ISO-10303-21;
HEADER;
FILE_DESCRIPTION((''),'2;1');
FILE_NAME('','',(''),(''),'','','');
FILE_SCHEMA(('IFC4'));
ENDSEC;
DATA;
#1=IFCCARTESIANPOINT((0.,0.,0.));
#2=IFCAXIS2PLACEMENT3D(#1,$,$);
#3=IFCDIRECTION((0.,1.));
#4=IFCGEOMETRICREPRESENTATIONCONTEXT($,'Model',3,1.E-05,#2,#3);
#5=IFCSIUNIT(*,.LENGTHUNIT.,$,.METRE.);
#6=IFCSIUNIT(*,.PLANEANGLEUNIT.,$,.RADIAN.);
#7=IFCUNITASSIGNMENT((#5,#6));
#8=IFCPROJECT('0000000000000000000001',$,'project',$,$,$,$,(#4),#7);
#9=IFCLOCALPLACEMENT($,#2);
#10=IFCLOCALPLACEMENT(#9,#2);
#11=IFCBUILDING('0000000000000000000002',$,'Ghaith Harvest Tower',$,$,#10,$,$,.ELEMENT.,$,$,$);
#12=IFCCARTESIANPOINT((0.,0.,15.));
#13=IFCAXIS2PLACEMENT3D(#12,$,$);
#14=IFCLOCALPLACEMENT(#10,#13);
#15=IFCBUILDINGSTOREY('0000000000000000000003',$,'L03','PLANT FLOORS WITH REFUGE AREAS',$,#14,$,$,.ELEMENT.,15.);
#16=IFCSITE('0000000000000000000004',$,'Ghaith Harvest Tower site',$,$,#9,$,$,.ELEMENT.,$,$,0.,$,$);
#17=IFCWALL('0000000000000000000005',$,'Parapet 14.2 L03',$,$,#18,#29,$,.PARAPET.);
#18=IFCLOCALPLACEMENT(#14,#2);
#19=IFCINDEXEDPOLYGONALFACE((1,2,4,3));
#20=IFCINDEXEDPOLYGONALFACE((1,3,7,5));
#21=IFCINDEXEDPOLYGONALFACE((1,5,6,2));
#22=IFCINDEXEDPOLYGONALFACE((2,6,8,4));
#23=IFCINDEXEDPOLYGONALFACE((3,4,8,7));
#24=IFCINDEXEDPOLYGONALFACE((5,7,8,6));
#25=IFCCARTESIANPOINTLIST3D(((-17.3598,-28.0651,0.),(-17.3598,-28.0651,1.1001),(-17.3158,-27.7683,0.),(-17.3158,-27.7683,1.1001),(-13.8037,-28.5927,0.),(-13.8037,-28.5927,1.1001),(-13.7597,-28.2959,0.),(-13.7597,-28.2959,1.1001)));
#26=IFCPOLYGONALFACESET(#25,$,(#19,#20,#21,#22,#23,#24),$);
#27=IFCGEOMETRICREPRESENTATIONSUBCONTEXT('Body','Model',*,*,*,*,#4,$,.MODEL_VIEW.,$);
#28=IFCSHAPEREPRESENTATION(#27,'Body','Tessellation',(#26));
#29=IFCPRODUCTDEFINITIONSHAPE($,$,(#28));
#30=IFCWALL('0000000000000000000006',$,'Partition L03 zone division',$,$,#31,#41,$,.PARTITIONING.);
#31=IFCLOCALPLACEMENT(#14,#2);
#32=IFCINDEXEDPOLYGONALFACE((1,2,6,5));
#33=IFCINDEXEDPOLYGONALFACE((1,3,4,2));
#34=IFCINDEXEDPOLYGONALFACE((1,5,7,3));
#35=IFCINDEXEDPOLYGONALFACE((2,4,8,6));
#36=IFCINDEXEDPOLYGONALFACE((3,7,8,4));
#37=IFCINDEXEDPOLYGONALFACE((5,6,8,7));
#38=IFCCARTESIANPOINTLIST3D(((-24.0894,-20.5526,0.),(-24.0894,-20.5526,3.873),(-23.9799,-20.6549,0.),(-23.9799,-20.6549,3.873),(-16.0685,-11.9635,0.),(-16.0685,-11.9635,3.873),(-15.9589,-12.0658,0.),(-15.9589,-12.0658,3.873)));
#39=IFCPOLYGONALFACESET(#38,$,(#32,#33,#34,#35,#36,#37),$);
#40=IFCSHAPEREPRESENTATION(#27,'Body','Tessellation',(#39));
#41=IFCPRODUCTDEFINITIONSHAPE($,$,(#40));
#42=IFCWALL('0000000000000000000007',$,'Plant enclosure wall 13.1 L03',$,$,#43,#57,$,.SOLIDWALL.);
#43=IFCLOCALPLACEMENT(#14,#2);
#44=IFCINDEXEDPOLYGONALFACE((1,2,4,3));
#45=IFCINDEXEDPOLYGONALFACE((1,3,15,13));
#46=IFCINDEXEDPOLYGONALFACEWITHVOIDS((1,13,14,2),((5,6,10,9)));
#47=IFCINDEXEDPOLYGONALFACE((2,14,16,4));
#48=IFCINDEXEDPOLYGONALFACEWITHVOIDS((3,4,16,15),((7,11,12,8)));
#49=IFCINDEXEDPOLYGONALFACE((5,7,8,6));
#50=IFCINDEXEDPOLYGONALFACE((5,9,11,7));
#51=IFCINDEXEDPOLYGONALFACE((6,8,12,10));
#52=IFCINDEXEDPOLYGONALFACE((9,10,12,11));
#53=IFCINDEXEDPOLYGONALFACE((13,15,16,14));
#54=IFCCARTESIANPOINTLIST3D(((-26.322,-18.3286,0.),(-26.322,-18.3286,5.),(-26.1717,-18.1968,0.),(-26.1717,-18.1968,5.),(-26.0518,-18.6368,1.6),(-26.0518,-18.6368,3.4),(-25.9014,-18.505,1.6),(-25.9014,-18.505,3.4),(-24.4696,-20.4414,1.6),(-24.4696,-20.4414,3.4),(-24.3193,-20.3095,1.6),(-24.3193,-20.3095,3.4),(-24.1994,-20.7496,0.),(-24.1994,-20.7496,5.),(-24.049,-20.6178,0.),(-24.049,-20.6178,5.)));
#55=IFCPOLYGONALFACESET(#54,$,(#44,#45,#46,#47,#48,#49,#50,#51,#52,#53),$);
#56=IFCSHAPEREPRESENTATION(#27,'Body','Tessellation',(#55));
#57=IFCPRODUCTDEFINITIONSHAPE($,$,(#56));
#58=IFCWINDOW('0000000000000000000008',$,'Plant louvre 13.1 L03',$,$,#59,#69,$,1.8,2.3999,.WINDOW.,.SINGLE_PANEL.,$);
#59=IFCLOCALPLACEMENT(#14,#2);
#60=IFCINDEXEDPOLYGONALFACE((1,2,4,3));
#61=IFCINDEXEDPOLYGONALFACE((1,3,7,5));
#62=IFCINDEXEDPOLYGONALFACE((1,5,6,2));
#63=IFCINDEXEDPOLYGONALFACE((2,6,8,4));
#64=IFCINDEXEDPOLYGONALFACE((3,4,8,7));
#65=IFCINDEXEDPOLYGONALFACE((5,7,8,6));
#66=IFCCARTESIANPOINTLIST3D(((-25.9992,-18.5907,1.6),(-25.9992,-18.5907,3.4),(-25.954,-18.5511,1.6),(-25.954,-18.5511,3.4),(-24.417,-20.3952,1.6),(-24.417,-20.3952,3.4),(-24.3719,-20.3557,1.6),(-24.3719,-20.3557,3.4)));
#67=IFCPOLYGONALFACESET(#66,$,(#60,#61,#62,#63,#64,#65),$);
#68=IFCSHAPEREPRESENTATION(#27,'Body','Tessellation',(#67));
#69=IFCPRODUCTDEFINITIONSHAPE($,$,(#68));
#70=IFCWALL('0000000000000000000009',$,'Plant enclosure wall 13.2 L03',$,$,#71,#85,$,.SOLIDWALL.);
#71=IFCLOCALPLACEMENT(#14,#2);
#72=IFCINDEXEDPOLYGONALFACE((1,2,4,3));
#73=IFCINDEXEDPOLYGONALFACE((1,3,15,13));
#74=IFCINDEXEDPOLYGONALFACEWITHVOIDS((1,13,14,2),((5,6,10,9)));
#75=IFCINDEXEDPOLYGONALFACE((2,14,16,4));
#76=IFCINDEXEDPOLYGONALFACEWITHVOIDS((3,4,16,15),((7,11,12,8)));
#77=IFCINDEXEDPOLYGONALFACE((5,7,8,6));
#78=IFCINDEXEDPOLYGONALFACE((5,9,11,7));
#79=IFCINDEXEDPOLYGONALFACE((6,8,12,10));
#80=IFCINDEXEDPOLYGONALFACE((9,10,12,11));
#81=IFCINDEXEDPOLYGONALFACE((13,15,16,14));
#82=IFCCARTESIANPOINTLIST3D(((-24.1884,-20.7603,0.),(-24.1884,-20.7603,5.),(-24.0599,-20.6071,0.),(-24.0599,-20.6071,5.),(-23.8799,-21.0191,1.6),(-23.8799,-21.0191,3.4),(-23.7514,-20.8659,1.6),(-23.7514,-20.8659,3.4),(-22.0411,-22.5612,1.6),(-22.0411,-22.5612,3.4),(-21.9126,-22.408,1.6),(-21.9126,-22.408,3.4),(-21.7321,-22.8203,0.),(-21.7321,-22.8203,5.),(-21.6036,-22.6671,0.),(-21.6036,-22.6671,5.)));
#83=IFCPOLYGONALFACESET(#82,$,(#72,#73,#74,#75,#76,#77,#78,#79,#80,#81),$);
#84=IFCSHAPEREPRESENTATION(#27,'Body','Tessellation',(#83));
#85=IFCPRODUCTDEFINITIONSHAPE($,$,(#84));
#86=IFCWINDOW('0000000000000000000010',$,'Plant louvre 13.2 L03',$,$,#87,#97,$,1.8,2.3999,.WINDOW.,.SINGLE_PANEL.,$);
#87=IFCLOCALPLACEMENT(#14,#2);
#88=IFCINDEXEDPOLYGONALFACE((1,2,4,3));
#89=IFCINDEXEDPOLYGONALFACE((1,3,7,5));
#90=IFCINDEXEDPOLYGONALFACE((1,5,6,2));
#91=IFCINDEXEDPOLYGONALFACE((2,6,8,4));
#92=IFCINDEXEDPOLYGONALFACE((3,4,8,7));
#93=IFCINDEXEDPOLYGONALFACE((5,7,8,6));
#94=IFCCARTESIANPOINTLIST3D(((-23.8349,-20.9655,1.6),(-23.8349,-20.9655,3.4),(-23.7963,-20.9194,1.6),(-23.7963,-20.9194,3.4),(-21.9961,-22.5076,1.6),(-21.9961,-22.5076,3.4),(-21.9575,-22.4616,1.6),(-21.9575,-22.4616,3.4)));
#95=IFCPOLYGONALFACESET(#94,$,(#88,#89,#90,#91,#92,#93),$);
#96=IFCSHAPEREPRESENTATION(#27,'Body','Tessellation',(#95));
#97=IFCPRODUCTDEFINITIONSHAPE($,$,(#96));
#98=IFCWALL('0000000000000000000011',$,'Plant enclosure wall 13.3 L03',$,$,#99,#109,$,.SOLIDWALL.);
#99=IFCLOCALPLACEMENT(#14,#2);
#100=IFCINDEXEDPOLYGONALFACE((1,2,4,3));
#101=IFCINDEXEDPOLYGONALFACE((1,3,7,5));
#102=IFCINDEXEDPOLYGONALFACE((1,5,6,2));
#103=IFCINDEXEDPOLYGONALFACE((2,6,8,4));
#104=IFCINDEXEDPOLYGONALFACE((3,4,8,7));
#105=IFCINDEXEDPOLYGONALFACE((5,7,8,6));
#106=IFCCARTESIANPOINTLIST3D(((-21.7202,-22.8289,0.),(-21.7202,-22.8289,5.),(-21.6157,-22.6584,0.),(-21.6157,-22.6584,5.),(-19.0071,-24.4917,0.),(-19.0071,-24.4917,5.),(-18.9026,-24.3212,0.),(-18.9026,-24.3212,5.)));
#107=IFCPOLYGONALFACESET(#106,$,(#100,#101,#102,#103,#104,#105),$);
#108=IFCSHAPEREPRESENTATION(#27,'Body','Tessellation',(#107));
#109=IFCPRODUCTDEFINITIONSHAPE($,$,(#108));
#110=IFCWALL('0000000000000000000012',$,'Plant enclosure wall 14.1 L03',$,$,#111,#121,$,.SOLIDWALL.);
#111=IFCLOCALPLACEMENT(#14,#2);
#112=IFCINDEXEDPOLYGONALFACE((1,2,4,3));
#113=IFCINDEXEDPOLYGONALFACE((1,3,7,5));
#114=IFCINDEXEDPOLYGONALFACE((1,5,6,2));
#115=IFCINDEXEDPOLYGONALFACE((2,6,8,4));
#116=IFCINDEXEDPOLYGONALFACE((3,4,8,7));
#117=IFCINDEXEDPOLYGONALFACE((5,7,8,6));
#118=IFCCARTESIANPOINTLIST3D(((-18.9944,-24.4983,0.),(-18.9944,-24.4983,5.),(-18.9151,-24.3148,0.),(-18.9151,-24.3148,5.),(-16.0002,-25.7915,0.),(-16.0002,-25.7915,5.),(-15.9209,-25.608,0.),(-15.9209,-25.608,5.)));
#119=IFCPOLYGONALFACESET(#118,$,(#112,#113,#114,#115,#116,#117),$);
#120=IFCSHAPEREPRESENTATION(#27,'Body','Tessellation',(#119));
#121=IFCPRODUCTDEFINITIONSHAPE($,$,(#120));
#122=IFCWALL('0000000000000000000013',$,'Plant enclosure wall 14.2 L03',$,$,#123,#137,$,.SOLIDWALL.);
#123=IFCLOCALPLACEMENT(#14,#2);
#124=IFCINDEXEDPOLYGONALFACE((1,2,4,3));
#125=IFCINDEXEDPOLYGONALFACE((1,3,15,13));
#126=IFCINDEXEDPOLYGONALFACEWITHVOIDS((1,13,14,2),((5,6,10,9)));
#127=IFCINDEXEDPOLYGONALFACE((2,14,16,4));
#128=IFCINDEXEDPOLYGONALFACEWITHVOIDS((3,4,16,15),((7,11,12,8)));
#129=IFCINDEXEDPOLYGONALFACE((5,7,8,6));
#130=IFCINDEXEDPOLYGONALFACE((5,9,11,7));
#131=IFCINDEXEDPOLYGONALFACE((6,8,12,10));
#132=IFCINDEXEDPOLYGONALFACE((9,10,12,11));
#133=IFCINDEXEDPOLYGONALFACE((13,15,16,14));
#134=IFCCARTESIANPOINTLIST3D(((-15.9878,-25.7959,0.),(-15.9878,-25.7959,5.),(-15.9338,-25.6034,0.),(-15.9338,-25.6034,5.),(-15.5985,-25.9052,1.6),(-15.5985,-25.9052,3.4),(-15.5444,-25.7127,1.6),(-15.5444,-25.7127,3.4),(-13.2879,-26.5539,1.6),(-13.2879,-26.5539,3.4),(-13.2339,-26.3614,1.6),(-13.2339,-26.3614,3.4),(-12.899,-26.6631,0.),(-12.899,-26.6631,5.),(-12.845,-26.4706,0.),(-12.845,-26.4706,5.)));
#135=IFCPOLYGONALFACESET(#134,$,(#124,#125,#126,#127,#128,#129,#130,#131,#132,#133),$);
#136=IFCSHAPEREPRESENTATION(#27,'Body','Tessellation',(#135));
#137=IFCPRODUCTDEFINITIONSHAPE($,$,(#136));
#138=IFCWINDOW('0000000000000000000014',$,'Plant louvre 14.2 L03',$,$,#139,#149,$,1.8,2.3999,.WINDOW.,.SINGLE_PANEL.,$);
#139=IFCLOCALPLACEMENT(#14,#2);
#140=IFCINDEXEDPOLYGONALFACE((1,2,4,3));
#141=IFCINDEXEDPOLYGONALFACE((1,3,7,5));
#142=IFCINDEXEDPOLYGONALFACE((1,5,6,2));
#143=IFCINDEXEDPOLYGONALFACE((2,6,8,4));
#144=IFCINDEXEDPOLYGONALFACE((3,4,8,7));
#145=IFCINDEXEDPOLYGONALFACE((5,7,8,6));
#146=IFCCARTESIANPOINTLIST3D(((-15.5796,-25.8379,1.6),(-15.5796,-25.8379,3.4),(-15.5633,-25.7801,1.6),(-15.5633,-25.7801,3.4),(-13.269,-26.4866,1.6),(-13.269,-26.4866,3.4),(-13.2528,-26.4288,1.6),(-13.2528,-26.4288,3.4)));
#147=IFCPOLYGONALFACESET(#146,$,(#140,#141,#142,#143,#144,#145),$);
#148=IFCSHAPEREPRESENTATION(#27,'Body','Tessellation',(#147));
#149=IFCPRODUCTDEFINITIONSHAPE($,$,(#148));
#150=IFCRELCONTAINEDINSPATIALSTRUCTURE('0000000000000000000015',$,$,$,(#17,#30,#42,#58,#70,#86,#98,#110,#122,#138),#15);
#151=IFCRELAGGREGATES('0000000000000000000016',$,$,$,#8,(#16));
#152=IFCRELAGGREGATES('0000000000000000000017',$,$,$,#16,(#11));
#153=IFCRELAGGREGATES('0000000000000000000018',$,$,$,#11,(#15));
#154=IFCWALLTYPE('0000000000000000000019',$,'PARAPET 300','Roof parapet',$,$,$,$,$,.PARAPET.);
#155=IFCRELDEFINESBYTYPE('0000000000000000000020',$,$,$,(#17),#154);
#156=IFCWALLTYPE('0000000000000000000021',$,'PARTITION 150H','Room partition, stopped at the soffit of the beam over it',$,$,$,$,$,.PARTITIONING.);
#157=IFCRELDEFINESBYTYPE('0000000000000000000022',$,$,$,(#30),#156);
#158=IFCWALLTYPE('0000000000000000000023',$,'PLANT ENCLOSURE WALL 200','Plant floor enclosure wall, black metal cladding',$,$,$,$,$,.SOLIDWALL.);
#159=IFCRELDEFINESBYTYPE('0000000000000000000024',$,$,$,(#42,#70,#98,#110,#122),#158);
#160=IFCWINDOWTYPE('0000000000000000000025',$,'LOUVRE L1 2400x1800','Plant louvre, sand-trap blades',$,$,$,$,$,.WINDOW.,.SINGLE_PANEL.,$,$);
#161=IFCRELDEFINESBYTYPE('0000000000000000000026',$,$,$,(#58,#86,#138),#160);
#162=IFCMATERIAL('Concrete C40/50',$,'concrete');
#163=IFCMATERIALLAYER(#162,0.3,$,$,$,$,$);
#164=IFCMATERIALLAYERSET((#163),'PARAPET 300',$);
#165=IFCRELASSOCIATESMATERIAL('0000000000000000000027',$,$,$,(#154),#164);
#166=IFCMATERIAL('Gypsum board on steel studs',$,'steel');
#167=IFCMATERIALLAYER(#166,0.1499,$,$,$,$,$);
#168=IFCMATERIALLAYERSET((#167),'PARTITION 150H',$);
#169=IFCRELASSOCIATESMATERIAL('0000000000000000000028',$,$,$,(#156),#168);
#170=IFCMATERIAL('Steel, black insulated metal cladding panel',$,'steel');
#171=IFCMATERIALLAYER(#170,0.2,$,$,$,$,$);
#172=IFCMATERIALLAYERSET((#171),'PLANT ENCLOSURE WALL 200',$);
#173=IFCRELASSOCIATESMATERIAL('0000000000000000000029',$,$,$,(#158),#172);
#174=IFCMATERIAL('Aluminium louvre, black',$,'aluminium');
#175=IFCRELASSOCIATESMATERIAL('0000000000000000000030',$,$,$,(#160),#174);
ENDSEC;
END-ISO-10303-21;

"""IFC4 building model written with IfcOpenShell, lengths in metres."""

from ifc_helpers import new_model, si_unit, direction, frame, frame_2d, origin, place, context, subcontext, project, spatial, rectangle, extrude, material, layer, layer_set, type_object, element, fill, save


model = new_model("IFC4")

# Units and contexts
model_context = context("Model", 3, precision=1e-05, world=origin(), true_north=direction((0.0, 1.0)))
body_context = subcontext(model_context, "Body", "Model", "MODEL_VIEW")
ifc_project = project(units=[si_unit("LENGTHUNIT", "METRE"), si_unit("PLANEANGLEUNIT", "RADIAN")], contexts=[model_context])

# Site, building, storey
site_placement = place(None, origin())
site = spatial("IfcSite", under=ifc_project, at=site_placement, Name="Ghaith Harvest Tower site", CompositionType="ELEMENT", RefElevation=0.0)
building_placement = place(site_placement, origin())
building = spatial("IfcBuilding", under=site, at=building_placement, Name="Ghaith Harvest Tower", CompositionType="ELEMENT")
storey_placement = place(building_placement, frame((0.0, 0.0, 15.0)))
storey = spatial("IfcBuildingStorey", under=building, at=storey_placement, Name="L03", Description="PLANT FLOORS WITH REFUGE AREAS", CompositionType="ELEMENT", Elevation=15.0)

# Walls
ifc_material_1 = material(Name="Concrete C40/50", Category="concrete")
ifc_layer_1 = layer(ifc_material_1, 0.3)
ifc_layer_set_1 = layer_set([ifc_layer_1], Name="PARAPET 300")
wall_type_1 = type_object("IfcWallType", Name="PARAPET 300", Description="Roof parapet", PredefinedType="PARAPET", material=ifc_layer_set_1)
wall_1_placement = place(storey_placement, frame((-17.3376, -27.9167, 0.0), z_axis=(0.0, 0.0, 1.0), x_axis=(0.989173, -0.146753, 0.0)))
element("IfcWall", 1, at=wall_1_placement, inside=storey, type_object=wall_type_1, Name="Parapet 14.2 L03", PredefinedType="PARAPET", context=body_context, shape_type="SweptSolid", body=[
    extrude(rectangle(XDim=3.595, YDim=0.3, at=frame_2d((1.7974, 0.0))), origin(), (0.0, 0.0, 1.0), 1.1001),
])
ifc_material_2 = material(Name="Gypsum board on steel studs", Category="steel")
ifc_layer_2 = layer(ifc_material_2, 0.1499)
ifc_layer_set_2 = layer_set([ifc_layer_2], Name="PARTITION 150H")
wall_type_2 = type_object("IfcWallType", Name="PARTITION 150H", Description="Room partition, stopped at the soffit of the beam over it", PredefinedType="PARTITIONING", material=ifc_layer_set_2)
wall_2_placement = place(storey_placement, frame((-16.0137, -12.0146, 0.0), z_axis=(0.0, 0.0, 1.0), x_axis=(-0.682523, -0.730865, 0.0)))
element("IfcWall", 2, at=wall_2_placement, inside=storey, type_object=wall_type_2, Name="Partition L03 zone division", PredefinedType="PARTITIONING", context=body_context, shape_type="SweptSolid", body=[
    extrude(rectangle(XDim=11.752, YDim=0.1499, at=frame_2d((5.876, 0.0))), origin(), (0.0, 0.0, 1.0), 3.873),
])

# Walls, openings, windows
ifc_material_3 = material(Name="Steel, black insulated metal cladding panel", Category="steel")
ifc_layer_3 = layer(ifc_material_3, 0.2)
ifc_layer_set_3 = layer_set([ifc_layer_3], Name="PLANT ENCLOSURE WALL 200")
wall_type_3 = type_object("IfcWallType", Name="PLANT ENCLOSURE WALL 200", Description="Plant floor enclosure wall, black metal cladding", PredefinedType="SOLIDWALL", material=ifc_layer_set_3)
wall_3_placement = place(storey_placement, frame((-26.2468, -18.2627, 0.0), z_axis=(0.0, 0.0, 1.0), x_axis=(0.659256, -0.751919, 0.0)))
wall_3 = element("IfcWall", 3, at=wall_3_placement, inside=storey, type_object=wall_type_3, Name="Plant enclosure wall 13.1 L03", PredefinedType="SOLIDWALL", context=body_context, shape_type="SweptSolid", body=[
    extrude(rectangle(XDim=3.2197, YDim=0.2, at=frame_2d((1.6099, 0.0))), origin(), (0.0, 0.0, 1.0), 5.0),
])
opening_1_placement = place(wall_3_placement, frame((0.4099, 0.0, 1.6001)))
opening_1 = element("IfcOpeningElement", 4, at=opening_1_placement, cuts=wall_3, PredefinedType="OPENING", context=body_context, shape_type="SweptSolid", body=[
    extrude(rectangle(XDim=2.3999, YDim=1.8, at=frame_2d((1.2, 0.8999))), frame((0.0, 0.1099, 0.0), z_axis=(0.0, -1.0, 0.0), x_axis=(1.0, 0.0, 0.0)), (0.0, 0.0, 1.0), 0.22),
])
ifc_material_4 = material(Name="Aluminium louvre, black", Category="aluminium")
window_type = type_object("IfcWindowType", Name="LOUVRE L1 2400x1800", Description="Plant louvre, sand-trap blades", PartitioningType="SINGLE_PANEL", PredefinedType="WINDOW", material=ifc_material_4)
window_1_placement = place(opening_1_placement, origin())
window_1 = element("IfcWindow", 5, at=window_1_placement, inside=storey, type_object=window_type, Name="Plant louvre 13.1 L03", OverallHeight=1.8, OverallWidth=2.3999, PartitioningType="SINGLE_PANEL", PredefinedType="WINDOW", context=body_context, shape_type="SweptSolid", body=[
    extrude(rectangle(XDim=2.3999, YDim=1.8, at=frame_2d((1.2, 0.8999))), frame((0.0, 0.03, 0.0), z_axis=(0.0, -1.0, 0.0), x_axis=(1.0, 0.0, 0.0)), (0.0, 0.0, 1.0), 0.0601),
])
fill(opening_1, window_1)
wall_4_placement = place(storey_placement, frame((-24.1243, -20.6836, 0.0), z_axis=(0.0, 0.0, 1.0), x_axis=(0.766201, -0.642601, 0.0)))
wall_4 = element("IfcWall", 6, at=wall_4_placement, inside=storey, type_object=wall_type_3, Name="Plant enclosure wall 13.2 L03", PredefinedType="SOLIDWALL", context=body_context, shape_type="SweptSolid", body=[
    extrude(rectangle(XDim=3.2058, YDim=0.2, at=frame_2d((1.603, 0.0))), origin(), (0.0, 0.0, 1.0), 5.0),
])
opening_2_placement = place(wall_4_placement, frame((0.4028, 0.0, 1.6001)))
opening_2 = element("IfcOpeningElement", 7, at=opening_2_placement, cuts=wall_4, PredefinedType="OPENING", context=body_context, shape_type="SweptSolid", body=[
    extrude(rectangle(XDim=2.3999, YDim=1.8, at=frame_2d((1.2, 0.8999))), frame((0.0, 0.1099, 0.0), z_axis=(0.0, -1.0, 0.0), x_axis=(1.0, 0.0, 0.0)), (0.0, 0.0, 1.0), 0.22),
])
window_2_placement = place(opening_2_placement, origin())
window_2 = element("IfcWindow", 8, at=window_2_placement, inside=storey, type_object=window_type, Name="Plant louvre 13.2 L03", OverallHeight=1.8, OverallWidth=2.3999, PartitioningType="SINGLE_PANEL", PredefinedType="WINDOW", context=body_context, shape_type="SweptSolid", body=[
    extrude(rectangle(XDim=2.3999, YDim=1.8, at=frame_2d((1.2, 0.8999))), frame((0.0, 0.03, 0.0), z_axis=(0.0, -1.0, 0.0), x_axis=(1.0, 0.0, 0.0)), (0.0, 0.0, 1.0), 0.0601),
])
fill(opening_2, window_2)

# Walls
wall_5_placement = place(storey_placement, frame((-21.668, -22.7437, 0.0), z_axis=(0.0, 0.0, 1.0), x_axis=(0.852608, -0.522551, 0.0)))
element("IfcWall", 9, at=wall_5_placement, inside=storey, type_object=wall_type_3, Name="Plant enclosure wall 13.3 L03", PredefinedType="SOLIDWALL", context=body_context, shape_type="SweptSolid", body=[
    extrude(rectangle(XDim=3.1821, YDim=0.2, at=frame_2d((1.5911, 0.0))), origin(), (0.0, 0.0, 1.0), 5.0),
])
wall_6_placement = place(storey_placement, frame((-18.9548, -24.4065, 0.0), z_axis=(0.0, 0.0, 1.0), x_axis=(0.91803, -0.396511, 0.0)))
element("IfcWall", 10, at=wall_6_placement, inside=storey, type_object=wall_type_3, Name="Plant enclosure wall 14.1 L03", PredefinedType="SOLIDWALL", context=body_context, shape_type="SweptSolid", body=[
    extrude(rectangle(XDim=3.2615, YDim=0.2, at=frame_2d((1.6309, 0.0))), origin(), (0.0, 0.0, 1.0), 5.0),
])

# Wall, opening, window
wall_7_placement = place(storey_placement, frame((-15.9607, -25.6997, 0.0), z_axis=(0.0, 0.0, 1.0), x_axis=(0.962777, -0.270296, 0.0)))
wall_7 = element("IfcWall", 11, at=wall_7_placement, inside=storey, type_object=wall_type_3, Name="Plant enclosure wall 14.2 L03", PredefinedType="SOLIDWALL", context=body_context, shape_type="SweptSolid", body=[
    extrude(rectangle(XDim=3.2083, YDim=0.2, at=frame_2d((1.604, 0.0))), origin(), (0.0, 0.0, 1.0), 5.0),
])
opening_3_placement = place(wall_7_placement, frame((0.4043, 0.0, 1.6001)))
opening_3 = element("IfcOpeningElement", 12, at=opening_3_placement, cuts=wall_7, PredefinedType="OPENING", context=body_context, shape_type="SweptSolid", body=[
    extrude(rectangle(XDim=2.3999, YDim=1.8, at=frame_2d((1.2, 0.8999))), frame((0.0, 0.1099, 0.0), z_axis=(0.0, -1.0, 0.0), x_axis=(1.0, 0.0, 0.0)), (0.0, 0.0, 1.0), 0.22),
])
window_3_placement = place(opening_3_placement, origin())
window_3 = element("IfcWindow", 13, at=window_3_placement, inside=storey, type_object=window_type, Name="Plant louvre 14.2 L03", OverallHeight=1.8, OverallWidth=2.3999, PartitioningType="SINGLE_PANEL", PredefinedType="WINDOW", context=body_context, shape_type="SweptSolid", body=[
    extrude(rectangle(XDim=2.3999, YDim=1.8, at=frame_2d((1.2, 0.8999))), frame((0.0, 0.03, 0.0), z_axis=(0.0, -1.0, 0.0), x_axis=(1.0, 0.0, 0.0)), (0.0, 0.0, 1.0), 0.0601),
])
fill(opening_3, window_3)

save(model, "model.ifc")
